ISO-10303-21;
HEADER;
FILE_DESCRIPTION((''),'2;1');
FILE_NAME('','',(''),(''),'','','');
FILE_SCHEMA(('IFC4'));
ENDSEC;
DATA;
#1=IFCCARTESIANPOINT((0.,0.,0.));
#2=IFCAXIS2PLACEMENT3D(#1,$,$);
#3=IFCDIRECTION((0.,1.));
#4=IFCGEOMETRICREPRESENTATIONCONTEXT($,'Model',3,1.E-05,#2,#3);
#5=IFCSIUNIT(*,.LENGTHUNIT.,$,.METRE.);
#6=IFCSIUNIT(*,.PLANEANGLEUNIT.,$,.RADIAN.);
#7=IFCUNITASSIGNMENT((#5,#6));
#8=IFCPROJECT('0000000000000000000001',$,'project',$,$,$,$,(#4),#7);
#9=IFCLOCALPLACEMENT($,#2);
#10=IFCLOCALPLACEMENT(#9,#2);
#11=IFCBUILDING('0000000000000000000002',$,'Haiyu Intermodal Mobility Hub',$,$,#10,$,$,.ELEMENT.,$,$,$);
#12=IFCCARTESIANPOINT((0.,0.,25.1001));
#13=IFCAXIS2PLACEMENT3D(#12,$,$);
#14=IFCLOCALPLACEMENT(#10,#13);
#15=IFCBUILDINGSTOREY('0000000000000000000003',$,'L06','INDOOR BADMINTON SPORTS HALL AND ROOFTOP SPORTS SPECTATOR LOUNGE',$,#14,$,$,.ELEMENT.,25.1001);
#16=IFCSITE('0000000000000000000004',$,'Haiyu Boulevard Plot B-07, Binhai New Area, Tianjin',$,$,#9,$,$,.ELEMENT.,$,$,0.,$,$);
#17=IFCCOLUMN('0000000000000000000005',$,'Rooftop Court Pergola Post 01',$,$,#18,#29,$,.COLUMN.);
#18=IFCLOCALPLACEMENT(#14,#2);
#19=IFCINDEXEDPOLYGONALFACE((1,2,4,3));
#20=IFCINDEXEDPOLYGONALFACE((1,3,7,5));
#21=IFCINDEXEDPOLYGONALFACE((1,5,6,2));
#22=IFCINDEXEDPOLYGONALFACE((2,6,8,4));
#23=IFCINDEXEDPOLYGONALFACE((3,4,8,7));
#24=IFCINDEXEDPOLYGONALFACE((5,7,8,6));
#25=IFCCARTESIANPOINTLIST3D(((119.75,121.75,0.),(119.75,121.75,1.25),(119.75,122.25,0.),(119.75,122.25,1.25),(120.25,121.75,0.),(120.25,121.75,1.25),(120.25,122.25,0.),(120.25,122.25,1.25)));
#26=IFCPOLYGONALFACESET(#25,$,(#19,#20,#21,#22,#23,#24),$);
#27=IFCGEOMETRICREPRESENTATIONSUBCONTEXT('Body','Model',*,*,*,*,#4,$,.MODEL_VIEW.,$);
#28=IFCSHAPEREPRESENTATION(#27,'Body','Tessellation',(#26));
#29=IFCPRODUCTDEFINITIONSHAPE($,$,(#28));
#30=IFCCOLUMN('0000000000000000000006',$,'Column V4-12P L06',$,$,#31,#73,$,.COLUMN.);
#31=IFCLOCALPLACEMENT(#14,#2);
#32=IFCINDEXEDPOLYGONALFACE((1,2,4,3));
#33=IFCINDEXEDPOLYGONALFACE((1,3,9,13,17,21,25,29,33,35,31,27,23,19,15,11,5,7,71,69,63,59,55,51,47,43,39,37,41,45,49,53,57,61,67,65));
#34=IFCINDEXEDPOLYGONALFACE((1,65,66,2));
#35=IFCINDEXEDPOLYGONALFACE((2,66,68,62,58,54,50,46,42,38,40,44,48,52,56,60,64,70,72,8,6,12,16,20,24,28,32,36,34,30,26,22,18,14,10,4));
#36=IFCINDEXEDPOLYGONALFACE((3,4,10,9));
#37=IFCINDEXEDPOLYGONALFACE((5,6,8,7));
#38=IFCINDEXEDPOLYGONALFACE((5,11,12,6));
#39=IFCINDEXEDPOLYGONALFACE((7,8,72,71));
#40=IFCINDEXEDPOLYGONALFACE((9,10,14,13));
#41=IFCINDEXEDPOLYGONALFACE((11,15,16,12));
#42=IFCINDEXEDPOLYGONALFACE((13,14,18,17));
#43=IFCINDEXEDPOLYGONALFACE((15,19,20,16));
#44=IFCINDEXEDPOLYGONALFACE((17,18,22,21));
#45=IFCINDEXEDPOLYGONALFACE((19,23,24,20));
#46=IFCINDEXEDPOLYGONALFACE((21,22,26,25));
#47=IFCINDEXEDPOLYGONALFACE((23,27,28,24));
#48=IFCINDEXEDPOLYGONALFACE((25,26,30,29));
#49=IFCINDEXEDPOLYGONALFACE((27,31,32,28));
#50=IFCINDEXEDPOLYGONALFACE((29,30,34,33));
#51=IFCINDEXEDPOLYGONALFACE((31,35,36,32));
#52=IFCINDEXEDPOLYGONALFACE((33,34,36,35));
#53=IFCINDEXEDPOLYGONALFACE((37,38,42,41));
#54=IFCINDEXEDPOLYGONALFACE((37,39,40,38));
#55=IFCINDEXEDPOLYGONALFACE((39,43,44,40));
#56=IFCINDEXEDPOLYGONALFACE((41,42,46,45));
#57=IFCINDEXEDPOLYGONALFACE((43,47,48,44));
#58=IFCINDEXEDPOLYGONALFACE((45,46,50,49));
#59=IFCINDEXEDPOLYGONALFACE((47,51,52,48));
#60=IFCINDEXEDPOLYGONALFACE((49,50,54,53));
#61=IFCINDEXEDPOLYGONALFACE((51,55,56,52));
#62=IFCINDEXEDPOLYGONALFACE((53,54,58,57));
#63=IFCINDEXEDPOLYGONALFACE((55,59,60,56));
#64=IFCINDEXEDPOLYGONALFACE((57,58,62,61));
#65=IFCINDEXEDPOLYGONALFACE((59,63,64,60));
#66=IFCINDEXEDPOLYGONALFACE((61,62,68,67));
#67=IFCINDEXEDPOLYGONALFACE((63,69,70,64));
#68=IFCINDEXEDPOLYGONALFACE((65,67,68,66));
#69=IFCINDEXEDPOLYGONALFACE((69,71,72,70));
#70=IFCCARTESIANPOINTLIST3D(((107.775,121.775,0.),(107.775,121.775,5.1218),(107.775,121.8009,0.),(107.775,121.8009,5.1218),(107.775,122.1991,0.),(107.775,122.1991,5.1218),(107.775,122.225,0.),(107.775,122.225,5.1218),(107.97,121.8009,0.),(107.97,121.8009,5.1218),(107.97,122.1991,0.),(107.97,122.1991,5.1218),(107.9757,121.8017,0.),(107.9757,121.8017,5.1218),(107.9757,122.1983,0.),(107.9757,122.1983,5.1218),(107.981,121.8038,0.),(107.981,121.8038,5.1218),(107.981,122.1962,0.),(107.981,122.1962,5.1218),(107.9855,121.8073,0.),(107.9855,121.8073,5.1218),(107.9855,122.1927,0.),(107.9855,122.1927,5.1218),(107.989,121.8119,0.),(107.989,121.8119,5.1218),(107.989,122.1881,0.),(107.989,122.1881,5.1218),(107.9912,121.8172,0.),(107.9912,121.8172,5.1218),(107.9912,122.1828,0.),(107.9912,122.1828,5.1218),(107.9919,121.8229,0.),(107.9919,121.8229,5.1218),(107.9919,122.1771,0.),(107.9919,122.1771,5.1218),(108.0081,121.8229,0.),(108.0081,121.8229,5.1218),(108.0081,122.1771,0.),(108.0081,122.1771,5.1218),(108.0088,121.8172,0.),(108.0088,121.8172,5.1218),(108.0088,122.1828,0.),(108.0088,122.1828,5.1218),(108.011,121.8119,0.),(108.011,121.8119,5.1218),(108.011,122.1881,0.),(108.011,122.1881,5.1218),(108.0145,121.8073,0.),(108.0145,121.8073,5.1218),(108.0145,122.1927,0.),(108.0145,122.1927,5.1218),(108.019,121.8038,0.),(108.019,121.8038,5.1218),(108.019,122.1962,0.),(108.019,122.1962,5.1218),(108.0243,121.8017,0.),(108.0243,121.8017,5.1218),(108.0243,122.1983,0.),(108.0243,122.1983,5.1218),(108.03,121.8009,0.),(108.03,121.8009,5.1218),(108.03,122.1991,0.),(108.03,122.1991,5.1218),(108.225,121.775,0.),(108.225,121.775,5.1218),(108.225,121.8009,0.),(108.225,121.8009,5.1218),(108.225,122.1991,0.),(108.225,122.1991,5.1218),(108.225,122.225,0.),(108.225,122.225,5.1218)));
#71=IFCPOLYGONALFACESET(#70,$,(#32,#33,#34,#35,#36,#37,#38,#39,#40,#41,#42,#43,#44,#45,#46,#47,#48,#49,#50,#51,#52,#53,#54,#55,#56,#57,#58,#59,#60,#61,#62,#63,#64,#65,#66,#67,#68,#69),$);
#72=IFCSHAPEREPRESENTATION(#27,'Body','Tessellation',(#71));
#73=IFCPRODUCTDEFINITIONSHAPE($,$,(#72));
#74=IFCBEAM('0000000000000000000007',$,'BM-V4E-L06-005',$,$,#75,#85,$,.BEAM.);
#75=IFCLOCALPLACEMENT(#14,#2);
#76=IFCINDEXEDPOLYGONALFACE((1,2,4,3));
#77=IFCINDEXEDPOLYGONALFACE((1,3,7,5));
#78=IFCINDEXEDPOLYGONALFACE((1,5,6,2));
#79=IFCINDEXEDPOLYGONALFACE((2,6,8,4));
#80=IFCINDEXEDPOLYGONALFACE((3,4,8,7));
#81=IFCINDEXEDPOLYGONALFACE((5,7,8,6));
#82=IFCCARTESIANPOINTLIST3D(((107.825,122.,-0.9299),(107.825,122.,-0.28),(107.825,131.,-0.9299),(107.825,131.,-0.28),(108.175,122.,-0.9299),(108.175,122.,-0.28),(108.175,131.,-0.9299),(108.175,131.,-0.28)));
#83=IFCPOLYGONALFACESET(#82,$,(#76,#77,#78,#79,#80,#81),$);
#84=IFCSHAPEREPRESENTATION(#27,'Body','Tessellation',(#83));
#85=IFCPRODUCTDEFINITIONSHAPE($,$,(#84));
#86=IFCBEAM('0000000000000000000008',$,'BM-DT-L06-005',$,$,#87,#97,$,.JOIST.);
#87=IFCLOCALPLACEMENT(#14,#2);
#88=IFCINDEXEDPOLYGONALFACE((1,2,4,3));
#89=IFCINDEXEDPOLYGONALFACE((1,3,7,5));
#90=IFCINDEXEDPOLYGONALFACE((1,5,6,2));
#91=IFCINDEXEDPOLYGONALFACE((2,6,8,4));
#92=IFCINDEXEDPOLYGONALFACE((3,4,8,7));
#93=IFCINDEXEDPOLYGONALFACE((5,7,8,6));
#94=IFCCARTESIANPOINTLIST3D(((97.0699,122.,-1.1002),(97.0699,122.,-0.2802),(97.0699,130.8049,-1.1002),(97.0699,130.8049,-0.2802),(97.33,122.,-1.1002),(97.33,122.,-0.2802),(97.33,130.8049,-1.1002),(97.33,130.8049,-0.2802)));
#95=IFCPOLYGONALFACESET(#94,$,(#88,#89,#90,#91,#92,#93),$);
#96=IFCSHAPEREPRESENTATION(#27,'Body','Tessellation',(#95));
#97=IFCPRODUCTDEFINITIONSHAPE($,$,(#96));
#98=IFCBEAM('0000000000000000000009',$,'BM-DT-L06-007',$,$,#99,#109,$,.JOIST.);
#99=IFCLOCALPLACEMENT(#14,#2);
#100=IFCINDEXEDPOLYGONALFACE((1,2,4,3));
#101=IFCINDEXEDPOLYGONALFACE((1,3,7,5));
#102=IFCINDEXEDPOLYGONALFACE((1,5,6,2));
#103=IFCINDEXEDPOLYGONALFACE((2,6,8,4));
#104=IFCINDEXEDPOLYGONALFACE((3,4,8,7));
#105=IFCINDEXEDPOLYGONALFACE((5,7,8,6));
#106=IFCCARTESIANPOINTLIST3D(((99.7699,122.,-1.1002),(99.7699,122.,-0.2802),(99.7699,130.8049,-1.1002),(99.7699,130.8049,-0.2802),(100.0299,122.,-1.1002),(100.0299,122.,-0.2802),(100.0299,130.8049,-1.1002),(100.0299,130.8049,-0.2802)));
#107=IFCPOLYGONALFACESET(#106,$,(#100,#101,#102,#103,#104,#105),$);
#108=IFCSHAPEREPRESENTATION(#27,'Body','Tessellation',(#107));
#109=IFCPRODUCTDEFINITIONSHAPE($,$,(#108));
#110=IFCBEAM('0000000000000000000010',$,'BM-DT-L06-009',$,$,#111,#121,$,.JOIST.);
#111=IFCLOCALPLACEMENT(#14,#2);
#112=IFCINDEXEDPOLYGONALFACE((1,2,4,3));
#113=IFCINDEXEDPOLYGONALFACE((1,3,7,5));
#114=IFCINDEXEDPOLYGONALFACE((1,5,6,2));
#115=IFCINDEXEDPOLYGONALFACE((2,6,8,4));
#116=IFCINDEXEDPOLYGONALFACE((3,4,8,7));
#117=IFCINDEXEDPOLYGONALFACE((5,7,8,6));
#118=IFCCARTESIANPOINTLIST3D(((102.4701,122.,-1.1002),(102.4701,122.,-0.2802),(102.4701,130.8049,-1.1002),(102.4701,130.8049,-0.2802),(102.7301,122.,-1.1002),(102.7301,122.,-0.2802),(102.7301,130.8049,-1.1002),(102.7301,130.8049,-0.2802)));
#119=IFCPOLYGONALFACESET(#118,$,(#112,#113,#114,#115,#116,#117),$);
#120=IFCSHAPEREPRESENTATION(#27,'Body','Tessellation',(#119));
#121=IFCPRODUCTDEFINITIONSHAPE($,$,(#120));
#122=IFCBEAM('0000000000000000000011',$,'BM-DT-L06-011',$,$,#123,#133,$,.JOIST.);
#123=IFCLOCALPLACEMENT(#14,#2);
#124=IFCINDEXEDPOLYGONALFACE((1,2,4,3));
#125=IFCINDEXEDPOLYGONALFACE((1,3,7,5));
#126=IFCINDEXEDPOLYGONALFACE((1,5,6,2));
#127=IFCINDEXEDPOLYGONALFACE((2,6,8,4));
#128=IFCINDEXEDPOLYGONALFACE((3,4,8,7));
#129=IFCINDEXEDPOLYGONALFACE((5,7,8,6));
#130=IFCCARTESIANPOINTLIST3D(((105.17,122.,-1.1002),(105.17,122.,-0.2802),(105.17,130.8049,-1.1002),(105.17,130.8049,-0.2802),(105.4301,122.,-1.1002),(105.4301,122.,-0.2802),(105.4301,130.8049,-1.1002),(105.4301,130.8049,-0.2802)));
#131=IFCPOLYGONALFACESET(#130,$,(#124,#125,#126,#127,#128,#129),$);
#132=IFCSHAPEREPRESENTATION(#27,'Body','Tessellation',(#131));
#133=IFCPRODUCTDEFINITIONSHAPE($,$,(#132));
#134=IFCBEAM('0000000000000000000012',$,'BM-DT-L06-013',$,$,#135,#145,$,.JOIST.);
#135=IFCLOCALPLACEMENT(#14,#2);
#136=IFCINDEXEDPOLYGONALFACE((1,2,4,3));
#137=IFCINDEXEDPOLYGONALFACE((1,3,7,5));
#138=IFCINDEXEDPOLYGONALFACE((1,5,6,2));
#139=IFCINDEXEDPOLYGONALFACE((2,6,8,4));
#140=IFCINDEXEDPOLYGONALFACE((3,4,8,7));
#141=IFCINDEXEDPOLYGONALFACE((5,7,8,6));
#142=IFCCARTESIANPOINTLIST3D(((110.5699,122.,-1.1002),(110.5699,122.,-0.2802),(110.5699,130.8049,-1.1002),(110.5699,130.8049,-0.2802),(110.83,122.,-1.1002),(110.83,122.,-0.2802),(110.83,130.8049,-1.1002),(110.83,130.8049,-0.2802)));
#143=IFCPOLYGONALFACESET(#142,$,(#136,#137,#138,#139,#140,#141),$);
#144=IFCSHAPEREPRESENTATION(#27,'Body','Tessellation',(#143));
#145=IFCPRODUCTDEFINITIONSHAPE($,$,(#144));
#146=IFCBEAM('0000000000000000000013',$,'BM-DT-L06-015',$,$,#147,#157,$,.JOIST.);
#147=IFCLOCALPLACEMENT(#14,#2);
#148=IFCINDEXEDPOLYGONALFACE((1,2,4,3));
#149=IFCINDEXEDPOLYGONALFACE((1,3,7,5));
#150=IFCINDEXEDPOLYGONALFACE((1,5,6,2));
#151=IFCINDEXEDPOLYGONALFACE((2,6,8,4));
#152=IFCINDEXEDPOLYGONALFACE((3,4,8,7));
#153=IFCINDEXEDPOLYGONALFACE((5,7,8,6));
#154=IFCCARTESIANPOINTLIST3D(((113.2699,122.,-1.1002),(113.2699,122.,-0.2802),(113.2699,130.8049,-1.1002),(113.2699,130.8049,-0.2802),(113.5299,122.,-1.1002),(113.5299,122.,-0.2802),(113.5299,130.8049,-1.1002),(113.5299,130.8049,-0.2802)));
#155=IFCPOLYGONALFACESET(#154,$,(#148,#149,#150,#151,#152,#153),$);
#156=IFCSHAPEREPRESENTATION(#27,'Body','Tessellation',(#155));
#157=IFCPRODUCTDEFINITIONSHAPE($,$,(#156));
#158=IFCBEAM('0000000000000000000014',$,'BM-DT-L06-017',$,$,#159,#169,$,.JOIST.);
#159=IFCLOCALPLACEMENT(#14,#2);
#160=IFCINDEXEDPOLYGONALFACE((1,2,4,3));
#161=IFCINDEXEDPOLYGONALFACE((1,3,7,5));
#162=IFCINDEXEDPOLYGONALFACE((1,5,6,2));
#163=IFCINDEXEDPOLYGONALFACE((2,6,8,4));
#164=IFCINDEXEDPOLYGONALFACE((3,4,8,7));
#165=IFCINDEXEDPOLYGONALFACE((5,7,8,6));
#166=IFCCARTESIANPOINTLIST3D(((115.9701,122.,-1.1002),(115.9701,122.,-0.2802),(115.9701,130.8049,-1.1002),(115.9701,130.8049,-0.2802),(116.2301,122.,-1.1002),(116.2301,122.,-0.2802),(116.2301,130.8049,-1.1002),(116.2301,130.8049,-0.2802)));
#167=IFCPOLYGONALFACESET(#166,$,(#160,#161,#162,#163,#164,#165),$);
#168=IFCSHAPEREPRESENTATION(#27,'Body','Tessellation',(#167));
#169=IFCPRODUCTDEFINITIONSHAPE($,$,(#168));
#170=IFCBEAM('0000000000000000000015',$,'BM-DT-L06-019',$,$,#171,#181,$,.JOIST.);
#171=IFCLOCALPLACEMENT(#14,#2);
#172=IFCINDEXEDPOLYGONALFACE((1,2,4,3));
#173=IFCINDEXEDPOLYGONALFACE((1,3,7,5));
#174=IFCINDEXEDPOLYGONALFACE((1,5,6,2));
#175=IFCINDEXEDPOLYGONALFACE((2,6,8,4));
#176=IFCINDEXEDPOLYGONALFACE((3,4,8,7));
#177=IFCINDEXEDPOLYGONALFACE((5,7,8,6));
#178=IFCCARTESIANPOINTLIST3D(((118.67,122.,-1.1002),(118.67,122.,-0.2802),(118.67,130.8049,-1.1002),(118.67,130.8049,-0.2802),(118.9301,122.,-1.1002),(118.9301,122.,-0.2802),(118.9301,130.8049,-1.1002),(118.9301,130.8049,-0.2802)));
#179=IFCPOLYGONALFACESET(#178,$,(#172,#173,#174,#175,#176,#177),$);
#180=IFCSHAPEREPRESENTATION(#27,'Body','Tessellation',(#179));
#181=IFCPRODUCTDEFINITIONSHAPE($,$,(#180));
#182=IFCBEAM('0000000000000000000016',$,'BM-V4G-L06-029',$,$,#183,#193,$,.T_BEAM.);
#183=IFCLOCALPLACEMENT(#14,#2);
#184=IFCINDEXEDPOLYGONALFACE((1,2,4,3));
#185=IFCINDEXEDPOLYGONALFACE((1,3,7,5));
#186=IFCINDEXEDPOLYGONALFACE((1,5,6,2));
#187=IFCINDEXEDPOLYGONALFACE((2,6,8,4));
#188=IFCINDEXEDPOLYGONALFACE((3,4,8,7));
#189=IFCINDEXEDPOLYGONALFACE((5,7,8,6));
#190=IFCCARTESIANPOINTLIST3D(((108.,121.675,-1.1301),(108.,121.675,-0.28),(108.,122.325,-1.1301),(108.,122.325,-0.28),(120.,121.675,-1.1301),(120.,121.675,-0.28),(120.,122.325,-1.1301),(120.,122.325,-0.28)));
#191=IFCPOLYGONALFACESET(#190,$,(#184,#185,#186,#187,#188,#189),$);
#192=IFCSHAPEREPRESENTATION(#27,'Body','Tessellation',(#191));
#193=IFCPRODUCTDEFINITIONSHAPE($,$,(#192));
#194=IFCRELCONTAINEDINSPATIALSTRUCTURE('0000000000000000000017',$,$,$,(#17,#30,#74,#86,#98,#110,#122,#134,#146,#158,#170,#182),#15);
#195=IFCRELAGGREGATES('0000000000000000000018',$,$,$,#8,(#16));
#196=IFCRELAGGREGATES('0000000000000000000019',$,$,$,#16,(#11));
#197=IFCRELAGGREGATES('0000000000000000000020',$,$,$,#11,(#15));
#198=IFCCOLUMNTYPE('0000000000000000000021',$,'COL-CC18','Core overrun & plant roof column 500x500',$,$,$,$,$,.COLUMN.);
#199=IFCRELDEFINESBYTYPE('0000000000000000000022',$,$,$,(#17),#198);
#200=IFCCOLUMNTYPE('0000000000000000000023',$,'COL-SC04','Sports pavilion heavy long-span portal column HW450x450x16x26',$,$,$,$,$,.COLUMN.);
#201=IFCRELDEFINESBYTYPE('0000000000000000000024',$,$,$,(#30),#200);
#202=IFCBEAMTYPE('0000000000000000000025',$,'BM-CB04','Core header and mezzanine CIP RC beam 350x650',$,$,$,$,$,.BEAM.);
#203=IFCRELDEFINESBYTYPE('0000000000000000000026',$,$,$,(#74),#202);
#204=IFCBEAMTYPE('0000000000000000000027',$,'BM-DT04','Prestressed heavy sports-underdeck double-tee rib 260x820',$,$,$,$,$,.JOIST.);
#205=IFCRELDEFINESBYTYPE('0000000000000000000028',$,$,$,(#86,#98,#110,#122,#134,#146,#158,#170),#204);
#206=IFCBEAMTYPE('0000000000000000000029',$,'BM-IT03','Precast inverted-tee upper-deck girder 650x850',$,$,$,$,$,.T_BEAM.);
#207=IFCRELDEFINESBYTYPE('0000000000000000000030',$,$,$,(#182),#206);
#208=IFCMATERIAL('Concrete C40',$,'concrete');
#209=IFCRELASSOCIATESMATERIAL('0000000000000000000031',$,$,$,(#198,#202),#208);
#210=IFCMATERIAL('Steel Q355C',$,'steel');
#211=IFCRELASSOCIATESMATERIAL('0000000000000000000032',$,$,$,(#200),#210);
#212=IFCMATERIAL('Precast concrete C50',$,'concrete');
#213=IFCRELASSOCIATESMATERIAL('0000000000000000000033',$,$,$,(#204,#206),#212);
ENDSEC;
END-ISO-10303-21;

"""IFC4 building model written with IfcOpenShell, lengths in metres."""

from ifc_helpers import new_model, si_unit, direction, frame, origin, origin_2d, place, context, subcontext, project, spatial, rectangle, i_section, extrude, material, material_profile, profile_set, type_object, element, save


model = new_model("IFC4")

# Units and contexts
model_context = context("Model", 3, precision=1e-05, world=origin(), true_north=direction((0.0, 1.0)))
body_context = subcontext(model_context, "Body", "Model", "MODEL_VIEW")
ifc_project = project(units=[si_unit("LENGTHUNIT", "METRE"), si_unit("PLANEANGLEUNIT", "RADIAN")], contexts=[model_context])

# Site, building, storey
site_placement = place(None, origin())
site = spatial("IfcSite", under=ifc_project, at=site_placement, Name="Haiyu Boulevard Plot B-07, Binhai New Area, Tianjin", CompositionType="ELEMENT", RefElevation=0.0)
building_placement = place(site_placement, origin())
building = spatial("IfcBuilding", under=site, at=building_placement, Name="Haiyu Intermodal Mobility Hub", CompositionType="ELEMENT")
storey_placement = place(building_placement, frame((0.0, 0.0, 25.1001)))
storey = spatial("IfcBuildingStorey", under=building, at=storey_placement, Name="L06", Description="INDOOR BADMINTON SPORTS HALL AND ROOFTOP SPORTS SPECTATOR LOUNGE", CompositionType="ELEMENT", Elevation=25.1001)

# Columns
ifc_material_1 = material(Name="Concrete C40", Category="concrete")
ifc_material_profile_1 = material_profile(ifc_material_1, rectangle(XDim=0.5, YDim=0.5, at=origin_2d()), Name="C500x500")
ifc_profile_set_1 = profile_set([ifc_material_profile_1], Name="Concrete C40")
column_type_1 = type_object("IfcColumnType", Name="COL-CC18", Description="Core overrun & plant roof column 500x500", PredefinedType="COLUMN", material=ifc_profile_set_1)
column_1_placement = place(storey_placement, frame((120.0, 122.0, 0.0), z_axis=(0.0, 0.0, 1.0), x_axis=(1.0, 0.0, 0.0)))
element("IfcColumn", 1, at=column_1_placement, inside=storey, type_object=column_type_1, Name="Rooftop Court Pergola Post 01", PredefinedType="COLUMN", context=body_context, shape_type="SweptSolid", body=[
    extrude(rectangle(XDim=0.5, YDim=0.5, at=origin_2d()), origin(), (0.0, 0.0, 1.0), 1.25),
])
ifc_material_2 = material(Name="Steel Q355C", Category="steel")
ifc_material_profile_2 = material_profile(ifc_material_2, i_section(OverallWidth=0.45, OverallDepth=0.45, WebThickness=0.0161, FlangeThickness=0.0259, FilletRadius=0.022, at=origin_2d()), Name="HW450x450x16x26")
ifc_profile_set_2 = profile_set([ifc_material_profile_2], Name="Steel Q355C")
column_type_2 = type_object("IfcColumnType", Name="COL-SC04", Description="Sports pavilion heavy long-span portal column HW450x450x16x26", PredefinedType="COLUMN", material=ifc_profile_set_2)
column_2_placement = place(storey_placement, frame((108.0, 122.0, 0.0), z_axis=(0.0, 0.0, 1.0), x_axis=(1.0, 0.0, 0.0)))
element("IfcColumn", 2, at=column_2_placement, inside=storey, type_object=column_type_2, Name="Column V4-12P L06", PredefinedType="COLUMN", context=body_context, shape_type="SweptSolid", body=[
    extrude(i_section(OverallWidth=0.45, OverallDepth=0.45, WebThickness=0.0161, FlangeThickness=0.0259, FilletRadius=0.022, at=origin_2d()), origin(), (0.0, 0.0, 1.0), 5.1218),
])

# Beams
ifc_material_profile_3 = material_profile(ifc_material_1, rectangle(XDim=0.3501, YDim=0.6499, at=origin_2d()), Name="RCB350x650")
ifc_profile_set_3 = profile_set([ifc_material_profile_3], Name="Concrete C40")
beam_type_1 = type_object("IfcBeamType", Name="BM-CB04", Description="Core header and mezzanine CIP RC beam 350x650", PredefinedType="BEAM", material=ifc_profile_set_3)
beam_1_placement = place(storey_placement, frame((108.0, 122.0, -0.605), z_axis=(0.0, 1.0, 0.0), x_axis=(-1.0, 0.0, 0.0)))
element("IfcBeam", 3, at=beam_1_placement, inside=storey, type_object=beam_type_1, Name="BM-V4E-L06-005", PredefinedType="BEAM", context=body_context, shape_type="SweptSolid", body=[
    extrude(rectangle(XDim=0.3501, YDim=0.6499, at=origin_2d()), origin(), (0.0, 0.0, 1.0), 9.0),
])
ifc_material_3 = material(Name="Precast concrete C50", Category="concrete")
ifc_material_profile_4 = material_profile(ifc_material_3, rectangle(XDim=0.26, YDim=0.8201, at=origin_2d()), Name="PC260x820")
ifc_profile_set_4 = profile_set([ifc_material_profile_4], Name="Precast concrete C50")
beam_type_2 = type_object("IfcBeamType", Name="BM-DT04", Description="Prestressed heavy sports-underdeck double-tee rib 260x820", PredefinedType="JOIST", material=ifc_profile_set_4)
for number, where, z_axis, x_axis, name in (
    (4, (97.2, 122.0, -0.6902), (0.0, 1.0, 0.0), (-1.0, 0.0, 0.0), "BM-DT-L06-005"),
    (5, (99.8999, 122.0, -0.6902), (0.0, 1.0, 0.0), (-1.0, 0.0, 0.0), "BM-DT-L06-007"),
    (6, (102.6001, 122.0, -0.6902), (0.0, 1.0, 0.0), (-1.0, 0.0, 0.0), "BM-DT-L06-009"),
    (7, (105.3, 122.0, -0.6902), (0.0, 1.0, 0.0), (-1.0, 0.0, 0.0), "BM-DT-L06-011"),
    (8, (110.7, 122.0, -0.6902), (0.0, 1.0, 0.0), (-1.0, 0.0, 0.0), "BM-DT-L06-013"),
    (9, (113.3999, 122.0, -0.6902), (0.0, 1.0, 0.0), (-1.0, 0.0, 0.0), "BM-DT-L06-015"),
    (10, (116.1001, 122.0, -0.6902), (0.0, 1.0, 0.0), (-1.0, 0.0, 0.0), "BM-DT-L06-017"),
    (11, (118.8, 122.0, -0.6902), (0.0, 1.0, 0.0), (-1.0, 0.0, 0.0), "BM-DT-L06-019"),
):
    element("IfcBeam", number, at=place(storey_placement, frame(where, z_axis=z_axis, x_axis=x_axis)), inside=storey, type_object=beam_type_2, Name=name, PredefinedType="JOIST", context=body_context, shape_type="SweptSolid", body=[
        extrude(rectangle(XDim=0.26, YDim=0.8201, at=origin_2d()), origin(), (0.0, 0.0, 1.0), 8.8049),
    ])
ifc_material_profile_5 = material_profile(ifc_material_3, rectangle(XDim=0.6499, YDim=0.8501, at=origin_2d()), Name="PC650x850")
ifc_profile_set_5 = profile_set([ifc_material_profile_5], Name="Precast concrete C50")
beam_type_3 = type_object("IfcBeamType", Name="BM-IT03", Description="Precast inverted-tee upper-deck girder 650x850", PredefinedType="T_BEAM", material=ifc_profile_set_5)
beam_2_placement = place(storey_placement, frame((108.0, 122.0, -0.7051), z_axis=(1.0, 0.0, 0.0), x_axis=(0.0, 1.0, 0.0)))
element("IfcBeam", 12, at=beam_2_placement, inside=storey, type_object=beam_type_3, Name="BM-V4G-L06-029", PredefinedType="T_BEAM", context=body_context, shape_type="SweptSolid", body=[
    extrude(rectangle(XDim=0.6499, YDim=0.8501, at=origin_2d()), origin(), (0.0, 0.0, 1.0), 12.0),
])

save(model, "model.ifc")
